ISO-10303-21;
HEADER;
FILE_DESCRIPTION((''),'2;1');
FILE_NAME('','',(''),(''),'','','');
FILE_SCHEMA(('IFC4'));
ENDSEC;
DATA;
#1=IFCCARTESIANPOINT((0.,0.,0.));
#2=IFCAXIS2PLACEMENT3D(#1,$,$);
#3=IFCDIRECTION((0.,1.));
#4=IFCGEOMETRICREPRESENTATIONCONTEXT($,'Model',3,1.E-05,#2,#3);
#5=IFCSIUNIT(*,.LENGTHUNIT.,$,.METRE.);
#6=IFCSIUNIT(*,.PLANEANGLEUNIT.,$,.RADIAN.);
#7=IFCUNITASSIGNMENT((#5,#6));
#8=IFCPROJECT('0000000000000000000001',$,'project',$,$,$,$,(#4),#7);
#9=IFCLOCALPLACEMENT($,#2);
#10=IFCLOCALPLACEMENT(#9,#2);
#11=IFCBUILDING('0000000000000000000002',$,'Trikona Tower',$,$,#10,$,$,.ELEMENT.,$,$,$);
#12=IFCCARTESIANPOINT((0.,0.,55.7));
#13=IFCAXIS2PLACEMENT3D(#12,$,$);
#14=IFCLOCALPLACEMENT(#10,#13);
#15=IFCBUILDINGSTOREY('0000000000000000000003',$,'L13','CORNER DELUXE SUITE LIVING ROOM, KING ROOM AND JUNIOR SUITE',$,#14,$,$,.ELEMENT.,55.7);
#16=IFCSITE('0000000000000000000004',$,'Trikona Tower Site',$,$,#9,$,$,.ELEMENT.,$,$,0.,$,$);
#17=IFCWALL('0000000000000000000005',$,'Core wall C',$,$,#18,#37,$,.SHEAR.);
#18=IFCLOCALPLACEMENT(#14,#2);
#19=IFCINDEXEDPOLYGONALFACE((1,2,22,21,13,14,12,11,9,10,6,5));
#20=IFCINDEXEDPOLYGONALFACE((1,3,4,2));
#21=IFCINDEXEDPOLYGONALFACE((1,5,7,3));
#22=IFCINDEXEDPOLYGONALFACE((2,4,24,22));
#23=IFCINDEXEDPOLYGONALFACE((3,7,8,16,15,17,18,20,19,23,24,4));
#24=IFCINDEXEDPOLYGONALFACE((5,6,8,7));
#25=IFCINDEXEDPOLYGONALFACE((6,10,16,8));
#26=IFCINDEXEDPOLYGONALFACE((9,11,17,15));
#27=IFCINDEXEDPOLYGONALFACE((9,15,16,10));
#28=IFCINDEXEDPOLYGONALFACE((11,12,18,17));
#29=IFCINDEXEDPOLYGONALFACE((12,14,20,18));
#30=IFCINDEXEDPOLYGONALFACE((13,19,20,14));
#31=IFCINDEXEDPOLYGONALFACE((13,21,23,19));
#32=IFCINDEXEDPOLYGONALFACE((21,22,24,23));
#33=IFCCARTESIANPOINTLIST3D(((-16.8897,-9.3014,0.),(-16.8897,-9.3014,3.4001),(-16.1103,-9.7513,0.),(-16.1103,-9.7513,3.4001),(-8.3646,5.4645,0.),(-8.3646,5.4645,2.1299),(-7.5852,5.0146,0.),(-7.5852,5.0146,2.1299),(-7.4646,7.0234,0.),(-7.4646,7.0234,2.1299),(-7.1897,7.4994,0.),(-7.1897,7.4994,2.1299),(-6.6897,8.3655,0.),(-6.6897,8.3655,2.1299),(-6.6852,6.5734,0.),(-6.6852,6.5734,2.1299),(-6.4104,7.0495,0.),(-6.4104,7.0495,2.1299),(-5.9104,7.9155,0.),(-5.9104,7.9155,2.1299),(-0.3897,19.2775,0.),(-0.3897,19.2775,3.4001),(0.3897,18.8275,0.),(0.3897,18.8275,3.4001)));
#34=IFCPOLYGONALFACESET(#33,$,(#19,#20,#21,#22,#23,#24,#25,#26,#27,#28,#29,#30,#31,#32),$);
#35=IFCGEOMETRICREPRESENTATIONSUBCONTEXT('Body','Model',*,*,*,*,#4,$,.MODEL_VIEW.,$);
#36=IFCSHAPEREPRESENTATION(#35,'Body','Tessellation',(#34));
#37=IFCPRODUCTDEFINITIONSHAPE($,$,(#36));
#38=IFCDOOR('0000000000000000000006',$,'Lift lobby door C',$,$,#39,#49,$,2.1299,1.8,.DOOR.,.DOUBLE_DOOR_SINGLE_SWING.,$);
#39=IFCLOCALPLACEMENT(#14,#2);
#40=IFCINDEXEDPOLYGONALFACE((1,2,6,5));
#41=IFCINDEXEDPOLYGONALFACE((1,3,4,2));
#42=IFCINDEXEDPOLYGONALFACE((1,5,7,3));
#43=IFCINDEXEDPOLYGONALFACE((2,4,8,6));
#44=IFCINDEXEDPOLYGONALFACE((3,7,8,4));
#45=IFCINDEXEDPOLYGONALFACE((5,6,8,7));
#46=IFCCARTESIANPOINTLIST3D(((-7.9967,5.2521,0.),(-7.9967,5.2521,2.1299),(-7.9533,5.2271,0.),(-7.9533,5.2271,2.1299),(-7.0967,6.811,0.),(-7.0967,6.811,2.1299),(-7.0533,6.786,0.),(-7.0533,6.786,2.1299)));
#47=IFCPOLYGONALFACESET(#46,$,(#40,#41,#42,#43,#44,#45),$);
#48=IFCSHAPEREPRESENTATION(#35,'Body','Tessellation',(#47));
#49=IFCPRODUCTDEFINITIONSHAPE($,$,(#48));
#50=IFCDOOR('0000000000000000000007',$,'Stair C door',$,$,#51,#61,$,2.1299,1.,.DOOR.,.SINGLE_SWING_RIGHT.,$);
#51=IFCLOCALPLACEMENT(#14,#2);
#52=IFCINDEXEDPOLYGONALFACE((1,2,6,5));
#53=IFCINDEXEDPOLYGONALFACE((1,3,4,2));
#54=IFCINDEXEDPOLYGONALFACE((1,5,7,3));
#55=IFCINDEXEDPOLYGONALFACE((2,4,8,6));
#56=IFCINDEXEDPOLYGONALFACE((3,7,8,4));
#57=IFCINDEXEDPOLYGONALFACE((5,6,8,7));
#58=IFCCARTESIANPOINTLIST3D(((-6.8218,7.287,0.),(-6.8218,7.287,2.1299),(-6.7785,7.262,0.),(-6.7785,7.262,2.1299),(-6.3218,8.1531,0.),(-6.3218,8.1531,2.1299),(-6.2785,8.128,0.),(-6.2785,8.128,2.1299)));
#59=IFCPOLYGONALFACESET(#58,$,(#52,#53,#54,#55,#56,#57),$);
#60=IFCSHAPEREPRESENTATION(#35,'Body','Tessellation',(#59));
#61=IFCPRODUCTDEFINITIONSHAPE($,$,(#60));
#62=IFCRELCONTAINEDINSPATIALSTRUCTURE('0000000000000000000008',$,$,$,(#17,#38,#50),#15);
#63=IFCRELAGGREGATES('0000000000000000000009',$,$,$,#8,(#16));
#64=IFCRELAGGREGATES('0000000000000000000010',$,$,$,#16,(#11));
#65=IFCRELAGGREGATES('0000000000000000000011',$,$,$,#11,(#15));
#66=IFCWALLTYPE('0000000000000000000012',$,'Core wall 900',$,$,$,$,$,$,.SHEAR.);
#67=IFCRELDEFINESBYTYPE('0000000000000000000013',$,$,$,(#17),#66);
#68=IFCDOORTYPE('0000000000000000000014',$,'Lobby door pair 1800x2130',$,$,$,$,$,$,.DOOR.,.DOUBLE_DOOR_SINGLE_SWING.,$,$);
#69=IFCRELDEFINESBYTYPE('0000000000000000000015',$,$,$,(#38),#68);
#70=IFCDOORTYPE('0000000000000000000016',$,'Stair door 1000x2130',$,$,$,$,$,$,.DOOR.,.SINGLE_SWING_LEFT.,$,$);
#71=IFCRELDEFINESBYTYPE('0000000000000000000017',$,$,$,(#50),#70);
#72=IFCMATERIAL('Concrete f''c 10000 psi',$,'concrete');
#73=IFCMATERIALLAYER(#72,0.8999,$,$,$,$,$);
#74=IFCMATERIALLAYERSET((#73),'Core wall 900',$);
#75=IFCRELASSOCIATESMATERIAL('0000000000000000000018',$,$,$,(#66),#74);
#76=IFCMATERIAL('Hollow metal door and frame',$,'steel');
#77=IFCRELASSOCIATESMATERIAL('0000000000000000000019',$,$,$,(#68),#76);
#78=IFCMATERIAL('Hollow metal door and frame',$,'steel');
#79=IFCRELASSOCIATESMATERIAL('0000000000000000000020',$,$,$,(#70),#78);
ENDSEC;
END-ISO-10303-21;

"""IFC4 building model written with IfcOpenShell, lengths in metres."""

from ifc_helpers import new_model, si_unit, direction, frame, frame_2d, origin, place, context, subcontext, project, spatial, rectangle, extrude, material, layer, layer_set, type_object, element, fill, save


model = new_model("IFC4")

# Units and contexts
model_context = context("Model", 3, precision=1e-05, world=origin(), true_north=direction((0.0, 1.0)))
body_context = subcontext(model_context, "Body", "Model", "MODEL_VIEW")
ifc_project = project(units=[si_unit("LENGTHUNIT", "METRE"), si_unit("PLANEANGLEUNIT", "RADIAN")], contexts=[model_context])

# Site, building, storey
site_placement = place(None, origin())
site = spatial("IfcSite", under=ifc_project, at=site_placement, Name="Trikona Tower Site", CompositionType="ELEMENT", RefElevation=0.0)
building_placement = place(site_placement, origin())
building = spatial("IfcBuilding", under=site, at=building_placement, Name="Trikona Tower", CompositionType="ELEMENT")
storey_placement = place(building_placement, frame((0.0, 0.0, 55.7)))
storey = spatial("IfcBuildingStorey", under=building, at=storey_placement, Name="L13", Description="CORNER DELUXE SUITE LIVING ROOM, KING ROOM AND JUNIOR SUITE", CompositionType="ELEMENT", Elevation=55.7)

# Wall, openings, doors
ifc_material_1 = material(Name="Concrete f'c 10000 psi", Category="concrete")
ifc_layer_1 = layer(ifc_material_1, 0.8999)
ifc_layer_set_1 = layer_set([ifc_layer_1], Name="Core wall 900")
wall_type_1 = type_object("IfcWallType", Name="Core wall 900", PredefinedType="SHEAR", material=ifc_layer_set_1)
wall_1_placement = place(storey_placement, frame((0.0, 19.0525, 0.0), z_axis=(0.0, 0.0, 1.0), x_axis=(-0.5, -0.866026, 0.0)))
wall_1 = element("IfcWall", 1, at=wall_1_placement, inside=storey, type_object=wall_type_1, Name="Core wall C", PredefinedType="SHEAR", context=body_context, shape_type="SweptSolid", body=[
    extrude(rectangle(XDim=33.0, YDim=0.8999, at=frame_2d((16.5, 0.0))), origin(), (0.0, 0.0, 1.0), 3.4001),
])
opening_1_placement = place(wall_1_placement, frame((14.1499, 0.0, 0.0)))
opening_1 = element("IfcOpeningElement", 2, at=opening_1_placement, cuts=wall_1, PredefinedType="OPENING", context=body_context, shape_type="SweptSolid", body=[
    extrude(rectangle(XDim=1.8, YDim=2.1299, at=frame_2d((0.8999, 1.0649))), frame((0.0, 0.46, 0.0), z_axis=(0.0, -1.0, 0.0), x_axis=(1.0, 0.0, 0.0)), (0.0, 0.0, 1.0), 0.9199),
])
opening_2_placement = place(wall_1_placement, frame((12.6001, 0.0, 0.0)))
opening_2 = element("IfcOpeningElement", 3, at=opening_2_placement, cuts=wall_1, PredefinedType="OPENING", context=body_context, shape_type="SweptSolid", body=[
    extrude(rectangle(XDim=1.0, YDim=2.1299, at=frame_2d((0.5, 1.0649))), frame((0.0, 0.46, 0.0), z_axis=(0.0, -1.0, 0.0), x_axis=(1.0, 0.0, 0.0)), (0.0, 0.0, 1.0), 0.9199),
])
ifc_material_2 = material(Name="Hollow metal door and frame", Category="steel")
door_type_1 = type_object("IfcDoorType", Name="Lobby door pair 1800x2130", OperationType="DOUBLE_DOOR_SINGLE_SWING", PredefinedType="DOOR", material=ifc_material_2)
door_1_placement = place(opening_1_placement, origin())
door_1 = element("IfcDoor", 4, at=door_1_placement, inside=storey, type_object=door_type_1, Name="Lift lobby door C", OperationType="DOUBLE_DOOR_SINGLE_SWING", OverallHeight=2.1299, OverallWidth=1.8, PredefinedType="DOOR", context=body_context, shape_type="SweptSolid", body=[
    extrude(rectangle(XDim=1.8, YDim=2.1299, at=frame_2d((0.8999, 1.0649))), frame((0.0, 0.0249, 0.0), z_axis=(0.0, -1.0, 0.0), x_axis=(1.0, 0.0, 0.0)), (0.0, 0.0, 1.0), 0.05),
])
fill(opening_1, door_1)
ifc_material_3 = material(Name="Hollow metal door and frame", Category="steel")
door_type_2 = type_object("IfcDoorType", Name="Stair door 1000x2130", OperationType="SINGLE_SWING_LEFT", PredefinedType="DOOR", material=ifc_material_3)
door_2_placement = place(opening_2_placement, origin())
door_2 = element("IfcDoor", 5, at=door_2_placement, inside=storey, type_object=door_type_2, Name="Stair C door", OperationType="SINGLE_SWING_RIGHT", OverallHeight=2.1299, OverallWidth=1.0, PredefinedType="DOOR", context=body_context, shape_type="SweptSolid", body=[
    extrude(rectangle(XDim=1.0, YDim=2.1299, at=frame_2d((0.5, 1.0649))), frame((0.0, 0.0249, 0.0), z_axis=(0.0, -1.0, 0.0), x_axis=(1.0, 0.0, 0.0)), (0.0, 0.0, 1.0), 0.05),
])
fill(opening_2, door_2)

save(model, "model.ifc")
